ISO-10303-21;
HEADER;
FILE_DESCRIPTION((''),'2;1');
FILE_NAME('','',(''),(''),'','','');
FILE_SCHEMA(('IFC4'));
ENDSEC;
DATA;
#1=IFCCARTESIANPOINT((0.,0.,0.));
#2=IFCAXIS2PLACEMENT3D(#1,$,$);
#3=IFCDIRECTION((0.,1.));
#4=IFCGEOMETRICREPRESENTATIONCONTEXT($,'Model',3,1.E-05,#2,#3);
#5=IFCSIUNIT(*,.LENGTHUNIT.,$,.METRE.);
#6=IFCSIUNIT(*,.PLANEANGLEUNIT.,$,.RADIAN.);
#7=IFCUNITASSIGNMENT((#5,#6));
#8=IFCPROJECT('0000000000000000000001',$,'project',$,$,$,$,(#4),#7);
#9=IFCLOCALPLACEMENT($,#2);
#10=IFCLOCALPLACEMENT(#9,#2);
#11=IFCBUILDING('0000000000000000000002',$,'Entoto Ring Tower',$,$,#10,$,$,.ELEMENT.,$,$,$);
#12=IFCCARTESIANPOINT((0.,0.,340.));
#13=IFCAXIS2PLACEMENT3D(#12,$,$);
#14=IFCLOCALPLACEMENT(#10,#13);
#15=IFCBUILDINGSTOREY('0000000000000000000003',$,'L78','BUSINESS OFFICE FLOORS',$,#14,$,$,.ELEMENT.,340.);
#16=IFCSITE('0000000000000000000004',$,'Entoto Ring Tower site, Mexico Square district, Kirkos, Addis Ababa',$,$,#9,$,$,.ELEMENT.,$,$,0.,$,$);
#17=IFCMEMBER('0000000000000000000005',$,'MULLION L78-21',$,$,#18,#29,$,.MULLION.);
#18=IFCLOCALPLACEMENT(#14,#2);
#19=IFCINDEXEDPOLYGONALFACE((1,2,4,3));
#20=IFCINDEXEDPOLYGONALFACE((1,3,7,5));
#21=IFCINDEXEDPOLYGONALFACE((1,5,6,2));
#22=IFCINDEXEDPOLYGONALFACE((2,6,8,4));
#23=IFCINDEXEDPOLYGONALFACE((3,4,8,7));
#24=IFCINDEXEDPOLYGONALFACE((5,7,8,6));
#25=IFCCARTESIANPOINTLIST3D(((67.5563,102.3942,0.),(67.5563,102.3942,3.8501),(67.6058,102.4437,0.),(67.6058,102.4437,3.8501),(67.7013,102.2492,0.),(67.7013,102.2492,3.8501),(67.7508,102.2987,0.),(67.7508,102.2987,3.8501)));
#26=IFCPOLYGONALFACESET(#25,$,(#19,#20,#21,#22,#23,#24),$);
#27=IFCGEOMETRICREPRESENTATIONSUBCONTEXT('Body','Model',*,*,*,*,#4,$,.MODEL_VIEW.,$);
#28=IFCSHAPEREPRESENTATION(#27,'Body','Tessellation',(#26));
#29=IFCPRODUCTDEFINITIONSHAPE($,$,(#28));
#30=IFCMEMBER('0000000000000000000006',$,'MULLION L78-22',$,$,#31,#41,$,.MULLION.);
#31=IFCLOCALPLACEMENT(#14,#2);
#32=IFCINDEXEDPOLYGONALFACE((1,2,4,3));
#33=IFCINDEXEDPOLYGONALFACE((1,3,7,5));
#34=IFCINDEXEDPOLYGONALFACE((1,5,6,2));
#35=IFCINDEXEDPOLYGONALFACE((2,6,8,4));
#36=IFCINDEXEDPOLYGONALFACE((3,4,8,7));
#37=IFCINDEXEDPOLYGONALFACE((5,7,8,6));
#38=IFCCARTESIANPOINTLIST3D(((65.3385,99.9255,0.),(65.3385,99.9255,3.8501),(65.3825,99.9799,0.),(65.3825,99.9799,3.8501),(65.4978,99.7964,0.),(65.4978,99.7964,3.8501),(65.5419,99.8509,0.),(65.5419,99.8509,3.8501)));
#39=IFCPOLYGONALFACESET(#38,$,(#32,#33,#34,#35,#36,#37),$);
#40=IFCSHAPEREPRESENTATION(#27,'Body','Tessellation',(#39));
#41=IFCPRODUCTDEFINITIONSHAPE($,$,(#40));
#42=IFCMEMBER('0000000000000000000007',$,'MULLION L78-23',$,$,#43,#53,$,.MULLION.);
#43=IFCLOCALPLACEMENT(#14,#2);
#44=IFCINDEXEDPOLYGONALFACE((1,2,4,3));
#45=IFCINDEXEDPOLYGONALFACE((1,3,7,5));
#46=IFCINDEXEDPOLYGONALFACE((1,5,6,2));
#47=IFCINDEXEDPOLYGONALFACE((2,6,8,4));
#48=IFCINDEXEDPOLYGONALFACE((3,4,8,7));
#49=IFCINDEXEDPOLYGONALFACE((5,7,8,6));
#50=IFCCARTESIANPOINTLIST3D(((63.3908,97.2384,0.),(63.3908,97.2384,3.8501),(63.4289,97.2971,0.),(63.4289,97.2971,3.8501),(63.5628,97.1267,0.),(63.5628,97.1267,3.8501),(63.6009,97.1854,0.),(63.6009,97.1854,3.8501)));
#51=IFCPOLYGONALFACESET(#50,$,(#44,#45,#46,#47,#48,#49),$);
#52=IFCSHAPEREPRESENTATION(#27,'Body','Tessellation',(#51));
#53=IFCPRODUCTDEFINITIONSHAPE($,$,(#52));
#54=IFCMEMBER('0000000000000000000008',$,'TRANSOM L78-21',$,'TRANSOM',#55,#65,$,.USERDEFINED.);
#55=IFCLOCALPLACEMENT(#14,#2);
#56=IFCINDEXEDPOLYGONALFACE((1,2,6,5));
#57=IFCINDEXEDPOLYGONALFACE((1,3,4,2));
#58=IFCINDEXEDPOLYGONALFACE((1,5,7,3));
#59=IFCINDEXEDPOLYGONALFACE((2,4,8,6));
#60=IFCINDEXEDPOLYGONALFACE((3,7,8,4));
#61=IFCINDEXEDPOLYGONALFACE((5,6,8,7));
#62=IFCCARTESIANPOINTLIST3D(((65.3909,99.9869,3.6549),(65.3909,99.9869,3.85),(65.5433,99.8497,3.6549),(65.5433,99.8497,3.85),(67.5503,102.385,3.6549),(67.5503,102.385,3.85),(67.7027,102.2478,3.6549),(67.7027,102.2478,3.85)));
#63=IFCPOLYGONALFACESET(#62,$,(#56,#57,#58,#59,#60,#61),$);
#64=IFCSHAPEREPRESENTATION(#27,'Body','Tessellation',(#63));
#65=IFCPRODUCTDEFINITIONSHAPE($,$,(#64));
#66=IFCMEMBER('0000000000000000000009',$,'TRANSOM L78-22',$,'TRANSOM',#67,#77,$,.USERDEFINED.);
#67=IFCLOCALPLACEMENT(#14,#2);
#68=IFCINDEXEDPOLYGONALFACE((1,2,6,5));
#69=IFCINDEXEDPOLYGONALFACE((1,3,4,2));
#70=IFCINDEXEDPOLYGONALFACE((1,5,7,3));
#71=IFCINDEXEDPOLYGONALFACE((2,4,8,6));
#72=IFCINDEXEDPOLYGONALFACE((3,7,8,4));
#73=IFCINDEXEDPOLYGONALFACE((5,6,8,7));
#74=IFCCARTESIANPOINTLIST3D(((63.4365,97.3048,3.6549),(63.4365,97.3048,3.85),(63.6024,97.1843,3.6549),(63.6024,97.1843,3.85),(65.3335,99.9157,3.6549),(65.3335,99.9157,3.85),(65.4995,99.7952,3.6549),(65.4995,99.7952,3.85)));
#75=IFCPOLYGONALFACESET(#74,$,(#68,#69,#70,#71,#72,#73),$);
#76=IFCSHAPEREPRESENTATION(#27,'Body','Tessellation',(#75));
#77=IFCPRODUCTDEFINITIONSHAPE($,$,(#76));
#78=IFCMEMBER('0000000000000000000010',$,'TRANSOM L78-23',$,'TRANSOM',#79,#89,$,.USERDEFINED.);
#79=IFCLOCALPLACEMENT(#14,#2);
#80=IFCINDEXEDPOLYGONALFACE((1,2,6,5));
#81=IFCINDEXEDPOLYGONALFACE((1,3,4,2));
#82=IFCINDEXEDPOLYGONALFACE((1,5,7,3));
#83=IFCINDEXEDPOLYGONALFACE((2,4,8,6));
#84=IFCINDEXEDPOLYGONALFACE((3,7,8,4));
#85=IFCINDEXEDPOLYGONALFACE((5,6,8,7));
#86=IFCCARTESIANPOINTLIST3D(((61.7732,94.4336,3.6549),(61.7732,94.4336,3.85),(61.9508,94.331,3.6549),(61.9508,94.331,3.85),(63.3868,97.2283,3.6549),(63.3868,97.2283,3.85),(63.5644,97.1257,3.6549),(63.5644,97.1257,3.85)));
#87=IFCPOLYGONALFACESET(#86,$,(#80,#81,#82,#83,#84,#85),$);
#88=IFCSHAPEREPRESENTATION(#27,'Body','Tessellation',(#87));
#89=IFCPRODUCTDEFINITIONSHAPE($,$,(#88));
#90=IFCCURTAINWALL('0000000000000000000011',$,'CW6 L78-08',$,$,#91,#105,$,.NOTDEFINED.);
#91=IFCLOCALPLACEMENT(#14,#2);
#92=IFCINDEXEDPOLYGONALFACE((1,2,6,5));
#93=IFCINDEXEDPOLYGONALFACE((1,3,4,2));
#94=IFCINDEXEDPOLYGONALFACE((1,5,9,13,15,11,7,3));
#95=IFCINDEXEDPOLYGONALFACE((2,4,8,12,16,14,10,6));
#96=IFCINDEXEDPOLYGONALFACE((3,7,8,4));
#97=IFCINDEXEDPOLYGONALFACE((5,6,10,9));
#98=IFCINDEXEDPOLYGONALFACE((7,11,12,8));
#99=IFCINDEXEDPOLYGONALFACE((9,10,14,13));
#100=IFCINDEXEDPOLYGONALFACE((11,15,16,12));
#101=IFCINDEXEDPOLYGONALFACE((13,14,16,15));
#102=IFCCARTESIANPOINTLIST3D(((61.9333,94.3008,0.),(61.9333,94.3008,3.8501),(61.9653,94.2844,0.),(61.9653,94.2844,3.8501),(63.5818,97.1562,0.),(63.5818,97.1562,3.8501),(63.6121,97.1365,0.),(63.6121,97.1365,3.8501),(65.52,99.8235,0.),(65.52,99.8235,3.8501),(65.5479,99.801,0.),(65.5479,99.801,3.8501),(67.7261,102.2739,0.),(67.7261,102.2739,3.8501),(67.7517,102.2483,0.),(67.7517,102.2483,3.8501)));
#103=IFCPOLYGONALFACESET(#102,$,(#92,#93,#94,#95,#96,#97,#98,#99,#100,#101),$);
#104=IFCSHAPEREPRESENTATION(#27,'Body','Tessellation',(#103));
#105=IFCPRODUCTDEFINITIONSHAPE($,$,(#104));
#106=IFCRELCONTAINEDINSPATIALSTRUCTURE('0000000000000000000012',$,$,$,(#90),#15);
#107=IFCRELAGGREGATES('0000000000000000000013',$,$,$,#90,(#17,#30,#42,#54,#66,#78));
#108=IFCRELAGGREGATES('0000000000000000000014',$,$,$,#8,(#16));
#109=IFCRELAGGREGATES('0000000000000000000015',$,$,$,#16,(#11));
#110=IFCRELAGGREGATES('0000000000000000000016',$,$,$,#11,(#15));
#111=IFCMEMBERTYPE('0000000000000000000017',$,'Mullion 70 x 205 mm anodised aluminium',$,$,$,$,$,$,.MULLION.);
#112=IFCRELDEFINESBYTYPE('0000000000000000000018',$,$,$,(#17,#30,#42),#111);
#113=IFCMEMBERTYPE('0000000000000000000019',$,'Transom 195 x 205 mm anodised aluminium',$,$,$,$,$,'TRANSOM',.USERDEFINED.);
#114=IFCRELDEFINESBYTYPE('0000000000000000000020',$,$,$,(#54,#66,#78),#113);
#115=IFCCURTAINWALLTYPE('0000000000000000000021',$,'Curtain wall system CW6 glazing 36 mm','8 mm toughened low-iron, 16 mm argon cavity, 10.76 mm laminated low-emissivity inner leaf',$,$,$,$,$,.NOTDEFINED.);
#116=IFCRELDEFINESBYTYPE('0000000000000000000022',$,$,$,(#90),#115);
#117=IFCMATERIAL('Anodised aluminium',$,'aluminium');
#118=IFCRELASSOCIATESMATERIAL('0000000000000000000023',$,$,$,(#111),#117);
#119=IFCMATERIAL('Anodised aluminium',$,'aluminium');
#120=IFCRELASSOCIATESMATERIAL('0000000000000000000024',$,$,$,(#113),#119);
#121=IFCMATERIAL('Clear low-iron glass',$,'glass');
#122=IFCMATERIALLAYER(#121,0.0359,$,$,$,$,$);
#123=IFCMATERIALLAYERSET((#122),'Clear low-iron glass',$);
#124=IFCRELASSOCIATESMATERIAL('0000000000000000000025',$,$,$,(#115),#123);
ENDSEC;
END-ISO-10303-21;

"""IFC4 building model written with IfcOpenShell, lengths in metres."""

from ifc_helpers import new_model, si_unit, direction, frame, origin, origin_2d, place, context, subcontext, project, spatial, polyline, rectangle, outline, extrude, material, layer, layer_set, material_profile, profile_set, type_object, element, aggregate, save


model = new_model("IFC4")

# Units and contexts
model_context = context("Model", 3, precision=1e-05, world=origin(), true_north=direction((0.0, 1.0)))
body_context = subcontext(model_context, "Body", "Model", "MODEL_VIEW")
ifc_project = project(units=[si_unit("LENGTHUNIT", "METRE"), si_unit("PLANEANGLEUNIT", "RADIAN")], contexts=[model_context])

# Members
ifc_material_1 = material(Name="Anodised aluminium", Category="aluminium")
ifc_material_profile_1 = material_profile(ifc_material_1, rectangle(XDim=0.0701, YDim=0.2051, at=origin_2d()), Name="Mullion 70 x 205 mm anodised aluminium")
ifc_profile_set_1 = profile_set([ifc_material_profile_1], Name="Anodised aluminium")
member_type_1 = type_object("IfcMemberType", Name="Mullion 70 x 205 mm anodised aluminium", PredefinedType="MULLION", material=ifc_profile_set_1)
site_placement = place(None, origin())
building_placement = place(site_placement, origin())
storey_placement = place(building_placement, frame((0.0, 0.0, 340.0)))
member_1_placement = place(storey_placement, frame((67.6536, 102.3464, 0.0), z_axis=(0.0, 0.0, 1.0), x_axis=(-0.707107, -0.707107, 0.0)))
member_1 = element("IfcMember", 1, at=member_1_placement, type_object=member_type_1, Name="MULLION L78-21", PredefinedType="MULLION", context=body_context, shape_type="SweptSolid", body=[
    extrude(rectangle(XDim=0.0701, YDim=0.2051, at=origin_2d()), origin(), (0.0, 0.0, 1.0), 3.8501),
])
member_2_placement = place(storey_placement, frame((65.4402, 99.8882, 0.0), z_axis=(0.0, 0.0, 1.0), x_axis=(-0.62932, -0.777146, 0.0)))
member_2 = element("IfcMember", 2, at=member_2_placement, type_object=member_type_1, Name="MULLION L78-22", PredefinedType="MULLION", context=body_context, shape_type="SweptSolid", body=[
    extrude(rectangle(XDim=0.0701, YDim=0.2051, at=origin_2d()), origin(), (0.0, 0.0, 1.0), 3.8501),
])
member_3_placement = place(storey_placement, frame((63.4958, 97.2119, 0.0), z_axis=(0.0, 0.0, 1.0), x_axis=(-0.544639, -0.838671, 0.0)))
member_3 = element("IfcMember", 3, at=member_3_placement, type_object=member_type_1, Name="MULLION L78-23", PredefinedType="MULLION", context=body_context, shape_type="SweptSolid", body=[
    extrude(rectangle(XDim=0.0701, YDim=0.2051, at=origin_2d()), origin(), (0.0, 0.0, 1.0), 3.8501),
])
ifc_material_2 = material(Name="Anodised aluminium", Category="aluminium")
ifc_material_profile_2 = material_profile(ifc_material_2, rectangle(XDim=0.2051, YDim=0.1951, at=origin_2d()), Name="Transom 195 x 205 mm anodised aluminium")
ifc_profile_set_2 = profile_set([ifc_material_profile_2], Name="Anodised aluminium")
member_type_2 = type_object("IfcMemberType", Name="Transom 195 x 205 mm anodised aluminium", ElementType="TRANSOM", PredefinedType="USERDEFINED", material=ifc_profile_set_2)
member_4_placement = place(storey_placement, frame((67.6265, 102.3164, 3.7524), z_axis=(-0.669144, -0.743132, 0.0), x_axis=(0.743132, -0.669144, 0.0)))
member_4 = element("IfcMember", 4, at=member_4_placement, type_object=member_type_2, Name="TRANSOM L78-21", ObjectType="TRANSOM", PredefinedType="USERDEFINED", context=body_context, shape_type="SweptSolid", body=[
    extrude(rectangle(XDim=0.2051, YDim=0.1951, at=origin_2d()), origin(), (0.0, 0.0, 1.0), 3.2271),
])
member_5_placement = place(storey_placement, frame((65.4165, 99.8555, 3.7524), z_axis=(-0.587803, -0.809004, 0.0), x_axis=(0.809004, -0.587803, 0.0)))
member_5 = element("IfcMember", 5, at=member_5_placement, type_object=member_type_2, Name="TRANSOM L78-22", ObjectType="TRANSOM", PredefinedType="USERDEFINED", context=body_context, shape_type="SweptSolid", body=[
    extrude(rectangle(XDim=0.2051, YDim=0.1951, at=origin_2d()), origin(), (0.0, 0.0, 1.0), 3.2273),
])
member_6_placement = place(storey_placement, frame((63.4756, 97.177, 3.7524), z_axis=(-0.500004, -0.866023, 0.0), x_axis=(0.866023, -0.500004, 0.0)))
member_6 = element("IfcMember", 6, at=member_6_placement, type_object=member_type_2, Name="TRANSOM L78-23", ObjectType="TRANSOM", PredefinedType="USERDEFINED", context=body_context, shape_type="SweptSolid", body=[
    extrude(rectangle(XDim=0.2051, YDim=0.1951, at=origin_2d()), origin(), (0.0, 0.0, 1.0), 3.2271),
])

# Site, building, storey
site = spatial("IfcSite", under=ifc_project, at=site_placement, Name="Entoto Ring Tower site, Mexico Square district, Kirkos, Addis Ababa", CompositionType="ELEMENT", RefElevation=0.0)
building = spatial("IfcBuilding", under=site, at=building_placement, Name="Entoto Ring Tower", CompositionType="ELEMENT")
storey = spatial("IfcBuildingStorey", under=building, at=storey_placement, Name="L78", Description="BUSINESS OFFICE FLOORS", CompositionType="ELEMENT", Elevation=340.0)

# Curtain wall
ifc_material_3 = material(Name="Clear low-iron glass", Category="glass")
ifc_layer = layer(ifc_material_3, 0.0359)
ifc_layer_set = layer_set([ifc_layer], Name="Clear low-iron glass")
curtain_wall_type = type_object("IfcCurtainWallType", Name="Curtain wall system CW6 glazing 36 mm", Description="8 mm toughened low-iron, 16 mm argon cavity, 10.76 mm laminated low-emissivity inner leaf", PredefinedType="NOTDEFINED", material=ifc_layer_set)
curtain_wall_1_placement = place(storey_placement, origin())
curtain_wall_1 = element("IfcCurtainWall", 7, at=curtain_wall_1_placement, inside=storey, type_object=curtain_wall_type, Name="CW6 L78-08", PredefinedType="NOTDEFINED", context=body_context, shape_type="SweptSolid", body=[
    extrude(outline(polyline([(67.7261, 102.2739), (65.52, 99.8235), (63.5818, 97.1562), (61.9333, 94.3008), (61.9653, 94.2844), (63.6121, 97.1365), (65.5479, 99.801), (67.7517, 102.2483), (67.7261, 102.2739)])), origin(), (0.0, 0.0, 1.0), 3.8501),
])
aggregate(curtain_wall_1, [member_1, member_2, member_3, member_4, member_5, member_6])

save(model, "model.ifc")
